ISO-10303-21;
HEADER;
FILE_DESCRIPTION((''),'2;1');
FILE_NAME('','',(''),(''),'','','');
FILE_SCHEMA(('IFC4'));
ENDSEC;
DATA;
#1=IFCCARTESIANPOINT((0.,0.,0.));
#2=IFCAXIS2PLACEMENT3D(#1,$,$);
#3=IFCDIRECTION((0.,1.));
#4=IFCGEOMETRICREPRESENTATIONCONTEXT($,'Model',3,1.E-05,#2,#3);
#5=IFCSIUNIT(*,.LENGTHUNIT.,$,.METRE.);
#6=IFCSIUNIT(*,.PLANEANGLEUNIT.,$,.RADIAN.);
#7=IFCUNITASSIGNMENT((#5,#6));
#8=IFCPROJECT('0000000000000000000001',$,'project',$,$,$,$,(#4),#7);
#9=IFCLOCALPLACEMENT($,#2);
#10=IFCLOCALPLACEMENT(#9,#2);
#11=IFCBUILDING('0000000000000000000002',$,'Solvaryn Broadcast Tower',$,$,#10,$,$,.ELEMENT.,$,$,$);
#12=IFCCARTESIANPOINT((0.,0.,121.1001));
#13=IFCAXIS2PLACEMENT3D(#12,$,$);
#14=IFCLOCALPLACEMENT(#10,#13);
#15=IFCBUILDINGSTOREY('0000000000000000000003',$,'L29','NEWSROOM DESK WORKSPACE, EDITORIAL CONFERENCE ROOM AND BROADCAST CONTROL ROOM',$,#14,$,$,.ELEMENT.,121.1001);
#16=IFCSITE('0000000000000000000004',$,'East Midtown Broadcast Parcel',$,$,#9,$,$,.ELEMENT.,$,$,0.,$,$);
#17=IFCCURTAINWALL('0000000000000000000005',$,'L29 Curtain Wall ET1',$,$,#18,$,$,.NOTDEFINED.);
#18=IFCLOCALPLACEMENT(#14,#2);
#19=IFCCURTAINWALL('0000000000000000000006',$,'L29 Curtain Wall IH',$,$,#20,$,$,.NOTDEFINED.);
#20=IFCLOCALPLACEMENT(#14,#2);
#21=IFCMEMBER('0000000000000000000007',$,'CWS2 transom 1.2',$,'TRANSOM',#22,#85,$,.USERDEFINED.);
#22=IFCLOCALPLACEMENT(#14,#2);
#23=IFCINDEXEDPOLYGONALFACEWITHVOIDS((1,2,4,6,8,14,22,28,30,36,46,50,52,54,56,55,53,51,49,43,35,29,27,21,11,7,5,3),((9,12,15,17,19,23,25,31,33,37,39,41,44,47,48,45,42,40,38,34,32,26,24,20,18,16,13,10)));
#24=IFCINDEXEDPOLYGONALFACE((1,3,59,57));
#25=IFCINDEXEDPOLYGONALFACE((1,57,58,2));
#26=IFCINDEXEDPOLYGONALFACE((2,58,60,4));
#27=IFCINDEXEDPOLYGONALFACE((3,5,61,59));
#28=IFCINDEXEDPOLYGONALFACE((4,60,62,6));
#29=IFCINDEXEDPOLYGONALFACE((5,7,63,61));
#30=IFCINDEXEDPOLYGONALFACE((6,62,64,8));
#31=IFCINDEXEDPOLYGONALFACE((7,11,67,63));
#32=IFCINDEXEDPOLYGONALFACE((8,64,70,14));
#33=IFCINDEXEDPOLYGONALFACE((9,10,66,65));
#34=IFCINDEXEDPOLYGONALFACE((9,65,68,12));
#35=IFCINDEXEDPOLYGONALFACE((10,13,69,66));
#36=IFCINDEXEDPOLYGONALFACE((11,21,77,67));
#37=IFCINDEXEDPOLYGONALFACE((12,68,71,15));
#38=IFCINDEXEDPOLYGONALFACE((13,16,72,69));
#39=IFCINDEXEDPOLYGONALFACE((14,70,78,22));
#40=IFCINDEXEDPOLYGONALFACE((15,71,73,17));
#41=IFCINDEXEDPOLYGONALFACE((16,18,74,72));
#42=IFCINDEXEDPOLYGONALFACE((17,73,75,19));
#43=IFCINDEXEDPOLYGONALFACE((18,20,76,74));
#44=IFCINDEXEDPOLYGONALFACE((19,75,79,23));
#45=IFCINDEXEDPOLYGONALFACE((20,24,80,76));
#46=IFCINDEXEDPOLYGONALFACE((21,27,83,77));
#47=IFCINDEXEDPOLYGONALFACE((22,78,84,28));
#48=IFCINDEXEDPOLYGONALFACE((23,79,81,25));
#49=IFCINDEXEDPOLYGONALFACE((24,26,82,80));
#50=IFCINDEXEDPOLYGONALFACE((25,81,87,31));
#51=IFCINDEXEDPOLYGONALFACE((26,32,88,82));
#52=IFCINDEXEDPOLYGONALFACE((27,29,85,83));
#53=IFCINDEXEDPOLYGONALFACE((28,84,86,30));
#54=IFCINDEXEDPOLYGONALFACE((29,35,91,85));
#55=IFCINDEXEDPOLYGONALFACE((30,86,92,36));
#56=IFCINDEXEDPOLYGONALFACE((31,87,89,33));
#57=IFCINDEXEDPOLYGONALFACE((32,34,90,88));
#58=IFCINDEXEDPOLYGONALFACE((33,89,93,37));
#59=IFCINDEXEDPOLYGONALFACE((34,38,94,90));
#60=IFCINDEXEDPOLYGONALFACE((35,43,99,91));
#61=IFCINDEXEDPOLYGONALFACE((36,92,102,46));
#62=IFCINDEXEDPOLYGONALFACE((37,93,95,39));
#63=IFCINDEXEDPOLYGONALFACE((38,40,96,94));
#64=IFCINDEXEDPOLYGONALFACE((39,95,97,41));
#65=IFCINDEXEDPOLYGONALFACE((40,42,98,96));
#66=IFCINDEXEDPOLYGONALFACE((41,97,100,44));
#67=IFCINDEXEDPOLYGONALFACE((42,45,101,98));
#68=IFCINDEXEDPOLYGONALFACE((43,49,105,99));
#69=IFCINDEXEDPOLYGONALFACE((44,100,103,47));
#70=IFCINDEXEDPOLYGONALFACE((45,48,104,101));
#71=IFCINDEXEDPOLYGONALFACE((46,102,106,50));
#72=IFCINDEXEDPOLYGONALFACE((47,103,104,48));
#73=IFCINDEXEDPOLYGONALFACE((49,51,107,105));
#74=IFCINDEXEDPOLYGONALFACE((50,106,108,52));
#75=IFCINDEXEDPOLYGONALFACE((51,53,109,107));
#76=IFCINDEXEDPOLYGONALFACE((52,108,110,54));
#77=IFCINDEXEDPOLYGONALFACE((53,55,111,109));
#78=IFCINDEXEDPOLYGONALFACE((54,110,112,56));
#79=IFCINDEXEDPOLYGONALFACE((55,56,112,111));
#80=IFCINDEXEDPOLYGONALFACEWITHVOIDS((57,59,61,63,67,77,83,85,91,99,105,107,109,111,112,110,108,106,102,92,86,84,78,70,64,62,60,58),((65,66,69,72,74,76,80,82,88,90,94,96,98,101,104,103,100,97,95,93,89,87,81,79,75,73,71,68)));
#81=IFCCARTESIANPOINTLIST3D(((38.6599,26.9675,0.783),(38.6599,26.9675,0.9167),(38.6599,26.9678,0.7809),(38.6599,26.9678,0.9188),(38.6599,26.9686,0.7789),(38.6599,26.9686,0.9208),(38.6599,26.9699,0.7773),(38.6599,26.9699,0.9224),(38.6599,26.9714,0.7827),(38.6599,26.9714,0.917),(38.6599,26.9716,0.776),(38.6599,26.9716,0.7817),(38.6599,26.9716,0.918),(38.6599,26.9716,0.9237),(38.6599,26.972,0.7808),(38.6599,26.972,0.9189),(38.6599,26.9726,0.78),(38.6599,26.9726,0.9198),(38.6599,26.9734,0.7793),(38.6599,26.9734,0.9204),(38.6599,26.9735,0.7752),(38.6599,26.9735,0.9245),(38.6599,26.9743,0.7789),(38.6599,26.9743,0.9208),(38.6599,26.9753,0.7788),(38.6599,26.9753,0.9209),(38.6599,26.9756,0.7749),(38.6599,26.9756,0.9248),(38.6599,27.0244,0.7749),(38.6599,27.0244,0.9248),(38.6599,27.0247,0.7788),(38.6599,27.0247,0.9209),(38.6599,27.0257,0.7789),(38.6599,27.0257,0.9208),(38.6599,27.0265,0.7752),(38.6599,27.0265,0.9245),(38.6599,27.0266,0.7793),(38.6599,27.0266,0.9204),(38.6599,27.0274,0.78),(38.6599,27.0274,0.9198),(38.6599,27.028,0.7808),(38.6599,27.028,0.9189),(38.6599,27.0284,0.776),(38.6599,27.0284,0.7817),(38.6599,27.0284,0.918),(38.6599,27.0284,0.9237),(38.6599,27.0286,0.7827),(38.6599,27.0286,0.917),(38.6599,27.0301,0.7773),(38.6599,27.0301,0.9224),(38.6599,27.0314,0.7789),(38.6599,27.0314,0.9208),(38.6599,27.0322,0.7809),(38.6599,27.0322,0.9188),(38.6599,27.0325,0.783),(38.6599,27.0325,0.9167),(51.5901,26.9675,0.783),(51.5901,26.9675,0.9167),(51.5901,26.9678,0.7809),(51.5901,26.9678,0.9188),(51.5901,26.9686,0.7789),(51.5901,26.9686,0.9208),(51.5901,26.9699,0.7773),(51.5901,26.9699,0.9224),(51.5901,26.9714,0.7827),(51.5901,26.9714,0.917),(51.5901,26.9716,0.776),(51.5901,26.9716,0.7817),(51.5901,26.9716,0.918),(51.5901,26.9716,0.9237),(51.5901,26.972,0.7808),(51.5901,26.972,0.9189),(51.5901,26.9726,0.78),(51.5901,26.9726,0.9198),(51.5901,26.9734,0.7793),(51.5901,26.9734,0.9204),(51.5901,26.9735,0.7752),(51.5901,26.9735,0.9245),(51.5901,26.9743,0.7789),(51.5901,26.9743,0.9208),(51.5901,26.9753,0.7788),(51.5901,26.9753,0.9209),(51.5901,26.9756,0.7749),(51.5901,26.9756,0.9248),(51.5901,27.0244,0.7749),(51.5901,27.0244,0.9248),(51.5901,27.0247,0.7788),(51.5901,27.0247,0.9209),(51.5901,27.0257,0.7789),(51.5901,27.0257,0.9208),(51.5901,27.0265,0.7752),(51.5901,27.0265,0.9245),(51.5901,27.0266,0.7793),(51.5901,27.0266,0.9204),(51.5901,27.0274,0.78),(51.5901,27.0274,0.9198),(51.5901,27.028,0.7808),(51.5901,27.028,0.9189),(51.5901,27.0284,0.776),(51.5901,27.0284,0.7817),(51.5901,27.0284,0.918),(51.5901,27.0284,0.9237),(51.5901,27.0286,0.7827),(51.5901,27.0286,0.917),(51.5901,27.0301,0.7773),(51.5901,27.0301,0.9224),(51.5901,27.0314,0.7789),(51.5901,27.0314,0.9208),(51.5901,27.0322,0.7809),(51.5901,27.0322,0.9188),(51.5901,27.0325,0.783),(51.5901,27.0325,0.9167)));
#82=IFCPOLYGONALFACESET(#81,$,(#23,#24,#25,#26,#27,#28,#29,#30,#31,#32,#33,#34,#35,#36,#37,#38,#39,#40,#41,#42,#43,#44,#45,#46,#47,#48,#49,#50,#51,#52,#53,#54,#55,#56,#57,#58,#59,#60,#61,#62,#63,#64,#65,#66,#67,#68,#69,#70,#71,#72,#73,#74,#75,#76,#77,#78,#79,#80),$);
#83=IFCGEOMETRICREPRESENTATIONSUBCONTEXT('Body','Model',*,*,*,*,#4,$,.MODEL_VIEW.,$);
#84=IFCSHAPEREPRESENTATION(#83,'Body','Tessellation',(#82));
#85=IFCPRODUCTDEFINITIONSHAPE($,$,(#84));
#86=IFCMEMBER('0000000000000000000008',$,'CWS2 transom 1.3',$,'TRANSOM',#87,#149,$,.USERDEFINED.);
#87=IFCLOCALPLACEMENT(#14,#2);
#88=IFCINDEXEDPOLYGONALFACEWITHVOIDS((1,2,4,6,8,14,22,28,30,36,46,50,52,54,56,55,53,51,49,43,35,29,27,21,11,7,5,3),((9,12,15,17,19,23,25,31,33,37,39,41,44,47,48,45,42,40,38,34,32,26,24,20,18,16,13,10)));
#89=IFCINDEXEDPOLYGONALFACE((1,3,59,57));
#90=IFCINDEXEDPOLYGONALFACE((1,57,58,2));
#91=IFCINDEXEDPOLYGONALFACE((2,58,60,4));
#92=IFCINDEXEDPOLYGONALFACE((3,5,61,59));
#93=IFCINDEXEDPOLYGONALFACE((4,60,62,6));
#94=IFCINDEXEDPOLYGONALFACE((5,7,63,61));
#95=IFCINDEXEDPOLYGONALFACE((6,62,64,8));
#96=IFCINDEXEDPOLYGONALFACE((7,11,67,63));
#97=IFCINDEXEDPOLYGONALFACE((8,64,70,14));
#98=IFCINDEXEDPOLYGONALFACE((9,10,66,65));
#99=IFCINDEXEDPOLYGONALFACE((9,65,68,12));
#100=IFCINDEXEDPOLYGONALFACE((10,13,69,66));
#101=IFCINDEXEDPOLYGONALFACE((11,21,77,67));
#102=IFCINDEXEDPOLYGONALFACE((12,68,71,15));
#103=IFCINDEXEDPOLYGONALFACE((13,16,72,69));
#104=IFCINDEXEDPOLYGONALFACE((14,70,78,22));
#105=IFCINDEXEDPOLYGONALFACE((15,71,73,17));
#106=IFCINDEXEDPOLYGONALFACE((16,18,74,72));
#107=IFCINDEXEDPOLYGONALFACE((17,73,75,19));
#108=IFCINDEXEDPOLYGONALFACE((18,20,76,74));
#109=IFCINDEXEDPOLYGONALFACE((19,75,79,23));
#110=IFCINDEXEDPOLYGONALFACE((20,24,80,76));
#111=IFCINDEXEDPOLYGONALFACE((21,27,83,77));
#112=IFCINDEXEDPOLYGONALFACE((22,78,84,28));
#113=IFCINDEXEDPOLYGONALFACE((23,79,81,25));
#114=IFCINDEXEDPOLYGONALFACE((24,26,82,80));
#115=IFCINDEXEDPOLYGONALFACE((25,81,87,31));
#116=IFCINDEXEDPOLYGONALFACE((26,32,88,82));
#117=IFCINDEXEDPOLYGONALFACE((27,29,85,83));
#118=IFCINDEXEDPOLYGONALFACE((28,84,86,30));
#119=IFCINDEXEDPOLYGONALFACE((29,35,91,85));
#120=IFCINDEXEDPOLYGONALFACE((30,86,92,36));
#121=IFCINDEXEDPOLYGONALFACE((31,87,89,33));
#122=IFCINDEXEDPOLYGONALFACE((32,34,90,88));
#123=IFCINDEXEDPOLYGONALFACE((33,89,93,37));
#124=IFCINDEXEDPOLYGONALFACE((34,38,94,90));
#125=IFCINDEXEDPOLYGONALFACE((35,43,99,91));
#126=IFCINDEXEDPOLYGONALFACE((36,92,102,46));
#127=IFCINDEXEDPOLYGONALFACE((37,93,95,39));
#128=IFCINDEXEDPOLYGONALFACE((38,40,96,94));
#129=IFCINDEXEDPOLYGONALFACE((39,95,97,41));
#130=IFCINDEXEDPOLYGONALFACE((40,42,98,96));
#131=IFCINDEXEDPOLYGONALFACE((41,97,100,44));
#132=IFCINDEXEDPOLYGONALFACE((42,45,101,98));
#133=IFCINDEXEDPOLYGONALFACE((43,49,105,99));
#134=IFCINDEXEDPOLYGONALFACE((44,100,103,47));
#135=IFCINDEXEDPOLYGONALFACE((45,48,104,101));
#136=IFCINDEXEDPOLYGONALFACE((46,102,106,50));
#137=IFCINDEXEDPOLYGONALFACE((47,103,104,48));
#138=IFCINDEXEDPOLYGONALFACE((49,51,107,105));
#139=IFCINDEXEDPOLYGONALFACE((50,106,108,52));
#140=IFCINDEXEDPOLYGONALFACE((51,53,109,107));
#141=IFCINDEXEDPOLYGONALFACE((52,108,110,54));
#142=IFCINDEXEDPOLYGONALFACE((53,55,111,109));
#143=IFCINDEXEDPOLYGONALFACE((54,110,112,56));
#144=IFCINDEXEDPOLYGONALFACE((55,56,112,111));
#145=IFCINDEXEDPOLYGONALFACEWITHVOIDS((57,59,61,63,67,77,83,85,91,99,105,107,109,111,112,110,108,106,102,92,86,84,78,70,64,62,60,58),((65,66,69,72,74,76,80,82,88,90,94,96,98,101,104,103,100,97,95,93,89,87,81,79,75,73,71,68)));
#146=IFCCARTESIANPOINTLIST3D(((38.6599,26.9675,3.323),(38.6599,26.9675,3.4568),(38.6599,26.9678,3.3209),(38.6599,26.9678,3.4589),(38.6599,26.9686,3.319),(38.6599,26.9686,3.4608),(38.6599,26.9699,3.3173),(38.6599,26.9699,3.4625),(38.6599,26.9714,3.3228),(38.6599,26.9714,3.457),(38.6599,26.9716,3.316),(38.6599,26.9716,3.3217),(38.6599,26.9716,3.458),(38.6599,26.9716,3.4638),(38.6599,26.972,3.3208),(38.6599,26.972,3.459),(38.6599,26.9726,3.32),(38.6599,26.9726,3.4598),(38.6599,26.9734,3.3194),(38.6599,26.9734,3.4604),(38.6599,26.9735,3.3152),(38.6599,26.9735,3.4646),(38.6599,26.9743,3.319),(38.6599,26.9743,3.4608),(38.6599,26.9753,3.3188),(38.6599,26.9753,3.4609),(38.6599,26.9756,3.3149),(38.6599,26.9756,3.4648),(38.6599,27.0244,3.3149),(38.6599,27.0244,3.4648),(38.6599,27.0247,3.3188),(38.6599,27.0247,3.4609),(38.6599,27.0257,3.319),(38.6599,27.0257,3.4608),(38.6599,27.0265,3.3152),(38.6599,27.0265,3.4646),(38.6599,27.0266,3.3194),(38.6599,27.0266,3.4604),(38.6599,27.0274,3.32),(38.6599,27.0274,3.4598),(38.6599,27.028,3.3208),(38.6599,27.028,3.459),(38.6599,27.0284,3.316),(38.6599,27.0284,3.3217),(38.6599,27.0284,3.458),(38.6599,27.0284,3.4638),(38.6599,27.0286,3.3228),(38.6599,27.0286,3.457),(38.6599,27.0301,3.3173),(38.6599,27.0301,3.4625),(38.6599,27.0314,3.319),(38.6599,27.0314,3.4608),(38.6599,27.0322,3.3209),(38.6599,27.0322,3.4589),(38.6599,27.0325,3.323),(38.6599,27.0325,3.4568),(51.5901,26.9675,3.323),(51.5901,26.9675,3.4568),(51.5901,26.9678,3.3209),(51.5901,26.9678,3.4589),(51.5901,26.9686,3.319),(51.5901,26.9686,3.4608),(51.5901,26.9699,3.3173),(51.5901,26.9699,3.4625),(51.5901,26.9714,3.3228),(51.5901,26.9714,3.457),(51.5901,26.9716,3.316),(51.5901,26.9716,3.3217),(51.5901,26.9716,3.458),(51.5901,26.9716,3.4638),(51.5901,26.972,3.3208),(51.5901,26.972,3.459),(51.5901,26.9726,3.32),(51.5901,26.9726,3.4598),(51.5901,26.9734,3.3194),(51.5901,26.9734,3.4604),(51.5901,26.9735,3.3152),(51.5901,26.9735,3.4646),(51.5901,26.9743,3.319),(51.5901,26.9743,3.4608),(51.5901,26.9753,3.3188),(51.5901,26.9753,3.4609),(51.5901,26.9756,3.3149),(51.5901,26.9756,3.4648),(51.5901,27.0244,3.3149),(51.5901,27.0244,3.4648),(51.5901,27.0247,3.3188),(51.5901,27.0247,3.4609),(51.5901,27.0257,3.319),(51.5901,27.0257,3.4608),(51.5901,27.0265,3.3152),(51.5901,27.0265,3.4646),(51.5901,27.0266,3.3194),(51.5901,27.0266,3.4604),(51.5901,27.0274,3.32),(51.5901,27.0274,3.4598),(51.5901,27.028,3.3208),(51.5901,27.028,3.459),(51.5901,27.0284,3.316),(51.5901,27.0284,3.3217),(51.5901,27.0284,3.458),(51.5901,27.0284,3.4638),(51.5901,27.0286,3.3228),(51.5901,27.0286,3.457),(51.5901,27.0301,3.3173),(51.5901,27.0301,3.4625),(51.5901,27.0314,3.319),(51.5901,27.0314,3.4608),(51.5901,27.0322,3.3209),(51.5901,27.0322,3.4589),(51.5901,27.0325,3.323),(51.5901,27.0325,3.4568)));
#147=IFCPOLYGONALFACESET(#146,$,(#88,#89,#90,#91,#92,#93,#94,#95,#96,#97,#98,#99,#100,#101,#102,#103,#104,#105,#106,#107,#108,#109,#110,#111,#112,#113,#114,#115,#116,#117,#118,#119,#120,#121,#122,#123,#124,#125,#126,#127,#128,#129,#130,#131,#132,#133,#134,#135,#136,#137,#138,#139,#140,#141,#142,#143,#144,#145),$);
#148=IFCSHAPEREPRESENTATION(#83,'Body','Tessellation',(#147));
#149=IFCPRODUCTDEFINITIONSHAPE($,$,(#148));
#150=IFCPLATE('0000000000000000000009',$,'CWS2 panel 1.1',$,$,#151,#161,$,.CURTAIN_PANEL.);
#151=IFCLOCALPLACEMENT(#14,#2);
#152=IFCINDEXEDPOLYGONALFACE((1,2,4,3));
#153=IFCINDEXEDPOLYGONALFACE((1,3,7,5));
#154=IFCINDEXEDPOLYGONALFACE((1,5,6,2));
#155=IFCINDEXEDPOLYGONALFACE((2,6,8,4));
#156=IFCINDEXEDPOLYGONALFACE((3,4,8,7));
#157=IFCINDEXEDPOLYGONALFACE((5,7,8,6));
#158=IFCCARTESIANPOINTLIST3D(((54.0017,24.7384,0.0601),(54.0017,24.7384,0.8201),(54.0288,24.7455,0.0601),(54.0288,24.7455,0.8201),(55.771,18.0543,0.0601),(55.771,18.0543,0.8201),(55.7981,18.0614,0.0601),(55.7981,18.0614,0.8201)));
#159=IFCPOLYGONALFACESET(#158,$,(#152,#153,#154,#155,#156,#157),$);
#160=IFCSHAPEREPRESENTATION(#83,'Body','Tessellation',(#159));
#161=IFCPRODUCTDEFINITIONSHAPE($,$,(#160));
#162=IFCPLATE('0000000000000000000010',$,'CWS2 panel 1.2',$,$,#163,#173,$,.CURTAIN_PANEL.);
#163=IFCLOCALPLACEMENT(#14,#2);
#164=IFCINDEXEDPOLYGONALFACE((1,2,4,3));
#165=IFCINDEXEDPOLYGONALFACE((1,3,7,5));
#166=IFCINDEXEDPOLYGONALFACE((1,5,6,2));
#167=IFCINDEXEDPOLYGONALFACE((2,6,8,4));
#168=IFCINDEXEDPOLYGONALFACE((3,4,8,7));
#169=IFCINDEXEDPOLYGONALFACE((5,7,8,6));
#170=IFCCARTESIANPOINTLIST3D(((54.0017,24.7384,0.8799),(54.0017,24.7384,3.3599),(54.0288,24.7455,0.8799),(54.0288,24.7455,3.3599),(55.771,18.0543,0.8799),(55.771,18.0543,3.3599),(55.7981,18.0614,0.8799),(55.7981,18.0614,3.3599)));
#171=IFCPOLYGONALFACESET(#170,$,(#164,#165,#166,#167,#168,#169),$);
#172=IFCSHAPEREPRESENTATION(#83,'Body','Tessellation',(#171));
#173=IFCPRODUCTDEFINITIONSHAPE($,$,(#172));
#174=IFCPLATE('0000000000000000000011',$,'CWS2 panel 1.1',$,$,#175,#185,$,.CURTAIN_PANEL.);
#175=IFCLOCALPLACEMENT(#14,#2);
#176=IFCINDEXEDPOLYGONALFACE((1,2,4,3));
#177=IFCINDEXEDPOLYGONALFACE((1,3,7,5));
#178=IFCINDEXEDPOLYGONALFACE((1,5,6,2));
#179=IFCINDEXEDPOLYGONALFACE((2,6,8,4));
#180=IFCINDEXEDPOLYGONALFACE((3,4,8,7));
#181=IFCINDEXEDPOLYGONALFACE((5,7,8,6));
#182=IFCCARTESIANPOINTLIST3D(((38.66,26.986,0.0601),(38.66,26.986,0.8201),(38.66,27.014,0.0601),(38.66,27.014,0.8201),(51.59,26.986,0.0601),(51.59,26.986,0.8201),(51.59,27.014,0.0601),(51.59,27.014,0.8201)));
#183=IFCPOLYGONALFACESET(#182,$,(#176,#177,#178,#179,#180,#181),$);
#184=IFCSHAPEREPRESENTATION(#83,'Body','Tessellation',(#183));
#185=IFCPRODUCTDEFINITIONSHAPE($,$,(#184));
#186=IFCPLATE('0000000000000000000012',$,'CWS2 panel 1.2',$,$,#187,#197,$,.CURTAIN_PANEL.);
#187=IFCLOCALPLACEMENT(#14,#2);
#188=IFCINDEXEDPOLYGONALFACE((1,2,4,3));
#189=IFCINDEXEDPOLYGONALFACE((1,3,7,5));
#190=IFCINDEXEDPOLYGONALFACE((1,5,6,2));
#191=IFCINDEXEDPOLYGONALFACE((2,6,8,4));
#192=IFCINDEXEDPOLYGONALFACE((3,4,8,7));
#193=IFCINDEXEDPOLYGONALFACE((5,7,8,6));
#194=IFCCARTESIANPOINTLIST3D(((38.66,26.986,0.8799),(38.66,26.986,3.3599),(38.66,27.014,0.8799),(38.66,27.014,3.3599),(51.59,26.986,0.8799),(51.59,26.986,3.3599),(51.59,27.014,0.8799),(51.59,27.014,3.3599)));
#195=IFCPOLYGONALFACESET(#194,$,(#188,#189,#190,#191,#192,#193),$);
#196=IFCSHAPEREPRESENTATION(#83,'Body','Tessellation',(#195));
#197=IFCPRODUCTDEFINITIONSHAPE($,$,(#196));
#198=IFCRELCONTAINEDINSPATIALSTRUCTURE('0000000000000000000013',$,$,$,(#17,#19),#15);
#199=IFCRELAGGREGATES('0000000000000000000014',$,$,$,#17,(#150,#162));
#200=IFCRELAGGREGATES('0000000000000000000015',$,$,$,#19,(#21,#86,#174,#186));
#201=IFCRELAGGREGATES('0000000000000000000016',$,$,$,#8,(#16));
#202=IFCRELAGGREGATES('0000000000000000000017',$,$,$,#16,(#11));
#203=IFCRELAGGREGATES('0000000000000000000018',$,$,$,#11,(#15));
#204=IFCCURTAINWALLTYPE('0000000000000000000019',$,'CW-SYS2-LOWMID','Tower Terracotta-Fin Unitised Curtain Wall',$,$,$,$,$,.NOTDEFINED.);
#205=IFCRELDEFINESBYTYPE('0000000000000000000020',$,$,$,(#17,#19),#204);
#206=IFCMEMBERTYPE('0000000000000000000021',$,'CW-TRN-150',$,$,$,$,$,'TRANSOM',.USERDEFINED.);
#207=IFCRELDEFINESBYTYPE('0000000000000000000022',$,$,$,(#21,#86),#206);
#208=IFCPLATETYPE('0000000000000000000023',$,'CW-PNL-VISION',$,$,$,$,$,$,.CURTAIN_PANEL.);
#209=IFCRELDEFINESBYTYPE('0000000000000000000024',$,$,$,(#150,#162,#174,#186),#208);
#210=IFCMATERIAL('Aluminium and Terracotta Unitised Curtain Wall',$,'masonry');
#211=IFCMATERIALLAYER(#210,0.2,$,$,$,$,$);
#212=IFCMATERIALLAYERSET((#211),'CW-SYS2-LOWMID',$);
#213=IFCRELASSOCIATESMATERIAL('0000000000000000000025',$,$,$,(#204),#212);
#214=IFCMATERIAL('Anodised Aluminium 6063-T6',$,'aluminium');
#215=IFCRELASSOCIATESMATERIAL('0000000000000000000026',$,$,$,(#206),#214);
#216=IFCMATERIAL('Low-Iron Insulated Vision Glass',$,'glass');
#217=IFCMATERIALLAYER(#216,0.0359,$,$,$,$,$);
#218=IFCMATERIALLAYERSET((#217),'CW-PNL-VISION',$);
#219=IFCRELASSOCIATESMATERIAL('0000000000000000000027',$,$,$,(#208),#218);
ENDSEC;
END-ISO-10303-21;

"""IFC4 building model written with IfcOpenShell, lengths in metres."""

from ifc_helpers import new_model, si_unit, direction, frame, origin, origin_2d, place, context, subcontext, project, spatial, rectangle, hollow_rectangle, extrude, material, layer, layer_set, material_profile, profile_set, type_object, element, aggregate, save


model = new_model("IFC4")

# Units and contexts
model_context = context("Model", 3, precision=1e-05, world=origin(), true_north=direction((0.0, 1.0)))
body_context = subcontext(model_context, "Body", "Model", "MODEL_VIEW")
ifc_project = project(units=[si_unit("LENGTHUNIT", "METRE"), si_unit("PLANEANGLEUNIT", "RADIAN")], contexts=[model_context])

# Site, building, storey
site_placement = place(None, origin())
site = spatial("IfcSite", under=ifc_project, at=site_placement, Name="East Midtown Broadcast Parcel", CompositionType="ELEMENT", RefElevation=0.0)
building_placement = place(site_placement, origin())
building = spatial("IfcBuilding", under=site, at=building_placement, Name="Solvaryn Broadcast Tower", CompositionType="ELEMENT")
storey_placement = place(building_placement, frame((0.0, 0.0, 121.1001)))
storey = spatial("IfcBuildingStorey", under=building, at=storey_placement, Name="L29", Description="NEWSROOM DESK WORKSPACE, EDITORIAL CONFERENCE ROOM AND BROADCAST CONTROL ROOM", CompositionType="ELEMENT", Elevation=121.1001)

# Curtain walls
ifc_material_1 = material(Name="Aluminium and Terracotta Unitised Curtain Wall", Category="masonry")
ifc_layer_1 = layer(ifc_material_1, 0.2)
ifc_layer_set_1 = layer_set([ifc_layer_1], Name="CW-SYS2-LOWMID")
curtain_wall_type = type_object("IfcCurtainWallType", Name="CW-SYS2-LOWMID", Description="Tower Terracotta-Fin Unitised Curtain Wall", PredefinedType="NOTDEFINED", material=ifc_layer_set_1)
curtain_wall_1_placement = place(storey_placement, origin())
curtain_wall_1 = element("IfcCurtainWall", 1, at=curtain_wall_1_placement, inside=storey, type_object=curtain_wall_type, Name="L29 Curtain Wall ET1", PredefinedType="NOTDEFINED")
curtain_wall_2_placement = place(storey_placement, origin())
curtain_wall_2 = element("IfcCurtainWall", 2, at=curtain_wall_2_placement, inside=storey, type_object=curtain_wall_type, Name="L29 Curtain Wall IH", PredefinedType="NOTDEFINED")

# Members
ifc_material_2 = material(Name="Anodised Aluminium 6063-T6", Category="aluminium")
ifc_material_profile_1 = material_profile(ifc_material_2, hollow_rectangle(XDim=0.0649, YDim=0.1499, WallThickness=0.0039, InnerFilletRadius=0.0039, OuterFilletRadius=0.0081, at=origin_2d()))
ifc_profile_set_1 = profile_set([ifc_material_profile_1], Name="Anodised Aluminium 6063-T6")
member_type_1 = type_object("IfcMemberType", Name="CW-TRN-150", ElementType="TRANSOM", PredefinedType="USERDEFINED", material=ifc_profile_set_1)
member_1_placement = place(storey_placement, frame((38.6599, 27.0, 0.8499), z_axis=(1.0, 0.0, 0.0), x_axis=(0.0, 1.0, 0.0)))
member_1 = element("IfcMember", 3, at=member_1_placement, type_object=member_type_1, Name="CWS2 transom 1.2", ObjectType="TRANSOM", PredefinedType="USERDEFINED", context=body_context, shape_type="SweptSolid", body=[
    extrude(hollow_rectangle(XDim=0.0649, YDim=0.1499, WallThickness=0.0039, InnerFilletRadius=0.0039, OuterFilletRadius=0.0081, at=origin_2d()), origin(), (0.0, 0.0, 1.0), 12.9302),
])
member_2_placement = place(storey_placement, frame((38.6599, 27.0, 3.3899), z_axis=(1.0, 0.0, 0.0), x_axis=(0.0, 1.0, 0.0)))
member_2 = element("IfcMember", 4, at=member_2_placement, type_object=member_type_1, Name="CWS2 transom 1.3", ObjectType="TRANSOM", PredefinedType="USERDEFINED", context=body_context, shape_type="SweptSolid", body=[
    extrude(hollow_rectangle(XDim=0.0649, YDim=0.1499, WallThickness=0.0039, InnerFilletRadius=0.0039, OuterFilletRadius=0.0081, at=origin_2d()), origin(), (0.0, 0.0, 1.0), 12.9302),
])

# Plates
ifc_material_3 = material(Name="Low-Iron Insulated Vision Glass", Category="glass")
ifc_layer_2 = layer(ifc_material_3, 0.0359)
ifc_layer_set_2 = layer_set([ifc_layer_2], Name="CW-PNL-VISION")
plate_type = type_object("IfcPlateType", Name="CW-PNL-VISION", PredefinedType="CURTAIN_PANEL", material=ifc_layer_set_2)
plate_1_placement = place(storey_placement, frame((54.8999, 21.3999, 0.0601), z_axis=(0.0, 0.0, 1.0), x_axis=(0.255893, -0.966705, 0.0)))
plate_1 = element("IfcPlate", 5, at=plate_1_placement, type_object=plate_type, Name="CWS2 panel 1.1", PredefinedType="CURTAIN_PANEL", context=body_context, shape_type="SweptSolid", body=[
    extrude(rectangle(XDim=6.9143, YDim=0.0281, at=origin_2d()), origin(), (0.0, 0.0, 1.0), 0.76),
])
plate_2_placement = place(storey_placement, frame((54.8999, 21.3999, 0.8799), z_axis=(0.0, 0.0, 1.0), x_axis=(0.255893, -0.966705, 0.0)))
plate_2 = element("IfcPlate", 6, at=plate_2_placement, type_object=plate_type, Name="CWS2 panel 1.2", PredefinedType="CURTAIN_PANEL", context=body_context, shape_type="SweptSolid", body=[
    extrude(rectangle(XDim=6.9143, YDim=0.0281, at=origin_2d()), origin(), (0.0, 0.0, 1.0), 2.48),
])
aggregate(curtain_wall_1, [plate_1, plate_2])
plate_3_placement = place(storey_placement, frame((45.125, 27.0, 0.0601), z_axis=(0.0, 0.0, 1.0), x_axis=(1.0, 0.0, 0.0)))
plate_3 = element("IfcPlate", 7, at=plate_3_placement, type_object=plate_type, Name="CWS2 panel 1.1", PredefinedType="CURTAIN_PANEL", context=body_context, shape_type="SweptSolid", body=[
    extrude(rectangle(XDim=12.9299, YDim=0.0281, at=origin_2d()), origin(), (0.0, 0.0, 1.0), 0.76),
])
plate_4_placement = place(storey_placement, frame((45.125, 27.0, 0.8799), z_axis=(0.0, 0.0, 1.0), x_axis=(1.0, 0.0, 0.0)))
plate_4 = element("IfcPlate", 8, at=plate_4_placement, type_object=plate_type, Name="CWS2 panel 1.2", PredefinedType="CURTAIN_PANEL", context=body_context, shape_type="SweptSolid", body=[
    extrude(rectangle(XDim=12.9299, YDim=0.0281, at=origin_2d()), origin(), (0.0, 0.0, 1.0), 2.48),
])
aggregate(curtain_wall_2, [member_1, member_2, plate_3, plate_4])

save(model, "model.ifc")
